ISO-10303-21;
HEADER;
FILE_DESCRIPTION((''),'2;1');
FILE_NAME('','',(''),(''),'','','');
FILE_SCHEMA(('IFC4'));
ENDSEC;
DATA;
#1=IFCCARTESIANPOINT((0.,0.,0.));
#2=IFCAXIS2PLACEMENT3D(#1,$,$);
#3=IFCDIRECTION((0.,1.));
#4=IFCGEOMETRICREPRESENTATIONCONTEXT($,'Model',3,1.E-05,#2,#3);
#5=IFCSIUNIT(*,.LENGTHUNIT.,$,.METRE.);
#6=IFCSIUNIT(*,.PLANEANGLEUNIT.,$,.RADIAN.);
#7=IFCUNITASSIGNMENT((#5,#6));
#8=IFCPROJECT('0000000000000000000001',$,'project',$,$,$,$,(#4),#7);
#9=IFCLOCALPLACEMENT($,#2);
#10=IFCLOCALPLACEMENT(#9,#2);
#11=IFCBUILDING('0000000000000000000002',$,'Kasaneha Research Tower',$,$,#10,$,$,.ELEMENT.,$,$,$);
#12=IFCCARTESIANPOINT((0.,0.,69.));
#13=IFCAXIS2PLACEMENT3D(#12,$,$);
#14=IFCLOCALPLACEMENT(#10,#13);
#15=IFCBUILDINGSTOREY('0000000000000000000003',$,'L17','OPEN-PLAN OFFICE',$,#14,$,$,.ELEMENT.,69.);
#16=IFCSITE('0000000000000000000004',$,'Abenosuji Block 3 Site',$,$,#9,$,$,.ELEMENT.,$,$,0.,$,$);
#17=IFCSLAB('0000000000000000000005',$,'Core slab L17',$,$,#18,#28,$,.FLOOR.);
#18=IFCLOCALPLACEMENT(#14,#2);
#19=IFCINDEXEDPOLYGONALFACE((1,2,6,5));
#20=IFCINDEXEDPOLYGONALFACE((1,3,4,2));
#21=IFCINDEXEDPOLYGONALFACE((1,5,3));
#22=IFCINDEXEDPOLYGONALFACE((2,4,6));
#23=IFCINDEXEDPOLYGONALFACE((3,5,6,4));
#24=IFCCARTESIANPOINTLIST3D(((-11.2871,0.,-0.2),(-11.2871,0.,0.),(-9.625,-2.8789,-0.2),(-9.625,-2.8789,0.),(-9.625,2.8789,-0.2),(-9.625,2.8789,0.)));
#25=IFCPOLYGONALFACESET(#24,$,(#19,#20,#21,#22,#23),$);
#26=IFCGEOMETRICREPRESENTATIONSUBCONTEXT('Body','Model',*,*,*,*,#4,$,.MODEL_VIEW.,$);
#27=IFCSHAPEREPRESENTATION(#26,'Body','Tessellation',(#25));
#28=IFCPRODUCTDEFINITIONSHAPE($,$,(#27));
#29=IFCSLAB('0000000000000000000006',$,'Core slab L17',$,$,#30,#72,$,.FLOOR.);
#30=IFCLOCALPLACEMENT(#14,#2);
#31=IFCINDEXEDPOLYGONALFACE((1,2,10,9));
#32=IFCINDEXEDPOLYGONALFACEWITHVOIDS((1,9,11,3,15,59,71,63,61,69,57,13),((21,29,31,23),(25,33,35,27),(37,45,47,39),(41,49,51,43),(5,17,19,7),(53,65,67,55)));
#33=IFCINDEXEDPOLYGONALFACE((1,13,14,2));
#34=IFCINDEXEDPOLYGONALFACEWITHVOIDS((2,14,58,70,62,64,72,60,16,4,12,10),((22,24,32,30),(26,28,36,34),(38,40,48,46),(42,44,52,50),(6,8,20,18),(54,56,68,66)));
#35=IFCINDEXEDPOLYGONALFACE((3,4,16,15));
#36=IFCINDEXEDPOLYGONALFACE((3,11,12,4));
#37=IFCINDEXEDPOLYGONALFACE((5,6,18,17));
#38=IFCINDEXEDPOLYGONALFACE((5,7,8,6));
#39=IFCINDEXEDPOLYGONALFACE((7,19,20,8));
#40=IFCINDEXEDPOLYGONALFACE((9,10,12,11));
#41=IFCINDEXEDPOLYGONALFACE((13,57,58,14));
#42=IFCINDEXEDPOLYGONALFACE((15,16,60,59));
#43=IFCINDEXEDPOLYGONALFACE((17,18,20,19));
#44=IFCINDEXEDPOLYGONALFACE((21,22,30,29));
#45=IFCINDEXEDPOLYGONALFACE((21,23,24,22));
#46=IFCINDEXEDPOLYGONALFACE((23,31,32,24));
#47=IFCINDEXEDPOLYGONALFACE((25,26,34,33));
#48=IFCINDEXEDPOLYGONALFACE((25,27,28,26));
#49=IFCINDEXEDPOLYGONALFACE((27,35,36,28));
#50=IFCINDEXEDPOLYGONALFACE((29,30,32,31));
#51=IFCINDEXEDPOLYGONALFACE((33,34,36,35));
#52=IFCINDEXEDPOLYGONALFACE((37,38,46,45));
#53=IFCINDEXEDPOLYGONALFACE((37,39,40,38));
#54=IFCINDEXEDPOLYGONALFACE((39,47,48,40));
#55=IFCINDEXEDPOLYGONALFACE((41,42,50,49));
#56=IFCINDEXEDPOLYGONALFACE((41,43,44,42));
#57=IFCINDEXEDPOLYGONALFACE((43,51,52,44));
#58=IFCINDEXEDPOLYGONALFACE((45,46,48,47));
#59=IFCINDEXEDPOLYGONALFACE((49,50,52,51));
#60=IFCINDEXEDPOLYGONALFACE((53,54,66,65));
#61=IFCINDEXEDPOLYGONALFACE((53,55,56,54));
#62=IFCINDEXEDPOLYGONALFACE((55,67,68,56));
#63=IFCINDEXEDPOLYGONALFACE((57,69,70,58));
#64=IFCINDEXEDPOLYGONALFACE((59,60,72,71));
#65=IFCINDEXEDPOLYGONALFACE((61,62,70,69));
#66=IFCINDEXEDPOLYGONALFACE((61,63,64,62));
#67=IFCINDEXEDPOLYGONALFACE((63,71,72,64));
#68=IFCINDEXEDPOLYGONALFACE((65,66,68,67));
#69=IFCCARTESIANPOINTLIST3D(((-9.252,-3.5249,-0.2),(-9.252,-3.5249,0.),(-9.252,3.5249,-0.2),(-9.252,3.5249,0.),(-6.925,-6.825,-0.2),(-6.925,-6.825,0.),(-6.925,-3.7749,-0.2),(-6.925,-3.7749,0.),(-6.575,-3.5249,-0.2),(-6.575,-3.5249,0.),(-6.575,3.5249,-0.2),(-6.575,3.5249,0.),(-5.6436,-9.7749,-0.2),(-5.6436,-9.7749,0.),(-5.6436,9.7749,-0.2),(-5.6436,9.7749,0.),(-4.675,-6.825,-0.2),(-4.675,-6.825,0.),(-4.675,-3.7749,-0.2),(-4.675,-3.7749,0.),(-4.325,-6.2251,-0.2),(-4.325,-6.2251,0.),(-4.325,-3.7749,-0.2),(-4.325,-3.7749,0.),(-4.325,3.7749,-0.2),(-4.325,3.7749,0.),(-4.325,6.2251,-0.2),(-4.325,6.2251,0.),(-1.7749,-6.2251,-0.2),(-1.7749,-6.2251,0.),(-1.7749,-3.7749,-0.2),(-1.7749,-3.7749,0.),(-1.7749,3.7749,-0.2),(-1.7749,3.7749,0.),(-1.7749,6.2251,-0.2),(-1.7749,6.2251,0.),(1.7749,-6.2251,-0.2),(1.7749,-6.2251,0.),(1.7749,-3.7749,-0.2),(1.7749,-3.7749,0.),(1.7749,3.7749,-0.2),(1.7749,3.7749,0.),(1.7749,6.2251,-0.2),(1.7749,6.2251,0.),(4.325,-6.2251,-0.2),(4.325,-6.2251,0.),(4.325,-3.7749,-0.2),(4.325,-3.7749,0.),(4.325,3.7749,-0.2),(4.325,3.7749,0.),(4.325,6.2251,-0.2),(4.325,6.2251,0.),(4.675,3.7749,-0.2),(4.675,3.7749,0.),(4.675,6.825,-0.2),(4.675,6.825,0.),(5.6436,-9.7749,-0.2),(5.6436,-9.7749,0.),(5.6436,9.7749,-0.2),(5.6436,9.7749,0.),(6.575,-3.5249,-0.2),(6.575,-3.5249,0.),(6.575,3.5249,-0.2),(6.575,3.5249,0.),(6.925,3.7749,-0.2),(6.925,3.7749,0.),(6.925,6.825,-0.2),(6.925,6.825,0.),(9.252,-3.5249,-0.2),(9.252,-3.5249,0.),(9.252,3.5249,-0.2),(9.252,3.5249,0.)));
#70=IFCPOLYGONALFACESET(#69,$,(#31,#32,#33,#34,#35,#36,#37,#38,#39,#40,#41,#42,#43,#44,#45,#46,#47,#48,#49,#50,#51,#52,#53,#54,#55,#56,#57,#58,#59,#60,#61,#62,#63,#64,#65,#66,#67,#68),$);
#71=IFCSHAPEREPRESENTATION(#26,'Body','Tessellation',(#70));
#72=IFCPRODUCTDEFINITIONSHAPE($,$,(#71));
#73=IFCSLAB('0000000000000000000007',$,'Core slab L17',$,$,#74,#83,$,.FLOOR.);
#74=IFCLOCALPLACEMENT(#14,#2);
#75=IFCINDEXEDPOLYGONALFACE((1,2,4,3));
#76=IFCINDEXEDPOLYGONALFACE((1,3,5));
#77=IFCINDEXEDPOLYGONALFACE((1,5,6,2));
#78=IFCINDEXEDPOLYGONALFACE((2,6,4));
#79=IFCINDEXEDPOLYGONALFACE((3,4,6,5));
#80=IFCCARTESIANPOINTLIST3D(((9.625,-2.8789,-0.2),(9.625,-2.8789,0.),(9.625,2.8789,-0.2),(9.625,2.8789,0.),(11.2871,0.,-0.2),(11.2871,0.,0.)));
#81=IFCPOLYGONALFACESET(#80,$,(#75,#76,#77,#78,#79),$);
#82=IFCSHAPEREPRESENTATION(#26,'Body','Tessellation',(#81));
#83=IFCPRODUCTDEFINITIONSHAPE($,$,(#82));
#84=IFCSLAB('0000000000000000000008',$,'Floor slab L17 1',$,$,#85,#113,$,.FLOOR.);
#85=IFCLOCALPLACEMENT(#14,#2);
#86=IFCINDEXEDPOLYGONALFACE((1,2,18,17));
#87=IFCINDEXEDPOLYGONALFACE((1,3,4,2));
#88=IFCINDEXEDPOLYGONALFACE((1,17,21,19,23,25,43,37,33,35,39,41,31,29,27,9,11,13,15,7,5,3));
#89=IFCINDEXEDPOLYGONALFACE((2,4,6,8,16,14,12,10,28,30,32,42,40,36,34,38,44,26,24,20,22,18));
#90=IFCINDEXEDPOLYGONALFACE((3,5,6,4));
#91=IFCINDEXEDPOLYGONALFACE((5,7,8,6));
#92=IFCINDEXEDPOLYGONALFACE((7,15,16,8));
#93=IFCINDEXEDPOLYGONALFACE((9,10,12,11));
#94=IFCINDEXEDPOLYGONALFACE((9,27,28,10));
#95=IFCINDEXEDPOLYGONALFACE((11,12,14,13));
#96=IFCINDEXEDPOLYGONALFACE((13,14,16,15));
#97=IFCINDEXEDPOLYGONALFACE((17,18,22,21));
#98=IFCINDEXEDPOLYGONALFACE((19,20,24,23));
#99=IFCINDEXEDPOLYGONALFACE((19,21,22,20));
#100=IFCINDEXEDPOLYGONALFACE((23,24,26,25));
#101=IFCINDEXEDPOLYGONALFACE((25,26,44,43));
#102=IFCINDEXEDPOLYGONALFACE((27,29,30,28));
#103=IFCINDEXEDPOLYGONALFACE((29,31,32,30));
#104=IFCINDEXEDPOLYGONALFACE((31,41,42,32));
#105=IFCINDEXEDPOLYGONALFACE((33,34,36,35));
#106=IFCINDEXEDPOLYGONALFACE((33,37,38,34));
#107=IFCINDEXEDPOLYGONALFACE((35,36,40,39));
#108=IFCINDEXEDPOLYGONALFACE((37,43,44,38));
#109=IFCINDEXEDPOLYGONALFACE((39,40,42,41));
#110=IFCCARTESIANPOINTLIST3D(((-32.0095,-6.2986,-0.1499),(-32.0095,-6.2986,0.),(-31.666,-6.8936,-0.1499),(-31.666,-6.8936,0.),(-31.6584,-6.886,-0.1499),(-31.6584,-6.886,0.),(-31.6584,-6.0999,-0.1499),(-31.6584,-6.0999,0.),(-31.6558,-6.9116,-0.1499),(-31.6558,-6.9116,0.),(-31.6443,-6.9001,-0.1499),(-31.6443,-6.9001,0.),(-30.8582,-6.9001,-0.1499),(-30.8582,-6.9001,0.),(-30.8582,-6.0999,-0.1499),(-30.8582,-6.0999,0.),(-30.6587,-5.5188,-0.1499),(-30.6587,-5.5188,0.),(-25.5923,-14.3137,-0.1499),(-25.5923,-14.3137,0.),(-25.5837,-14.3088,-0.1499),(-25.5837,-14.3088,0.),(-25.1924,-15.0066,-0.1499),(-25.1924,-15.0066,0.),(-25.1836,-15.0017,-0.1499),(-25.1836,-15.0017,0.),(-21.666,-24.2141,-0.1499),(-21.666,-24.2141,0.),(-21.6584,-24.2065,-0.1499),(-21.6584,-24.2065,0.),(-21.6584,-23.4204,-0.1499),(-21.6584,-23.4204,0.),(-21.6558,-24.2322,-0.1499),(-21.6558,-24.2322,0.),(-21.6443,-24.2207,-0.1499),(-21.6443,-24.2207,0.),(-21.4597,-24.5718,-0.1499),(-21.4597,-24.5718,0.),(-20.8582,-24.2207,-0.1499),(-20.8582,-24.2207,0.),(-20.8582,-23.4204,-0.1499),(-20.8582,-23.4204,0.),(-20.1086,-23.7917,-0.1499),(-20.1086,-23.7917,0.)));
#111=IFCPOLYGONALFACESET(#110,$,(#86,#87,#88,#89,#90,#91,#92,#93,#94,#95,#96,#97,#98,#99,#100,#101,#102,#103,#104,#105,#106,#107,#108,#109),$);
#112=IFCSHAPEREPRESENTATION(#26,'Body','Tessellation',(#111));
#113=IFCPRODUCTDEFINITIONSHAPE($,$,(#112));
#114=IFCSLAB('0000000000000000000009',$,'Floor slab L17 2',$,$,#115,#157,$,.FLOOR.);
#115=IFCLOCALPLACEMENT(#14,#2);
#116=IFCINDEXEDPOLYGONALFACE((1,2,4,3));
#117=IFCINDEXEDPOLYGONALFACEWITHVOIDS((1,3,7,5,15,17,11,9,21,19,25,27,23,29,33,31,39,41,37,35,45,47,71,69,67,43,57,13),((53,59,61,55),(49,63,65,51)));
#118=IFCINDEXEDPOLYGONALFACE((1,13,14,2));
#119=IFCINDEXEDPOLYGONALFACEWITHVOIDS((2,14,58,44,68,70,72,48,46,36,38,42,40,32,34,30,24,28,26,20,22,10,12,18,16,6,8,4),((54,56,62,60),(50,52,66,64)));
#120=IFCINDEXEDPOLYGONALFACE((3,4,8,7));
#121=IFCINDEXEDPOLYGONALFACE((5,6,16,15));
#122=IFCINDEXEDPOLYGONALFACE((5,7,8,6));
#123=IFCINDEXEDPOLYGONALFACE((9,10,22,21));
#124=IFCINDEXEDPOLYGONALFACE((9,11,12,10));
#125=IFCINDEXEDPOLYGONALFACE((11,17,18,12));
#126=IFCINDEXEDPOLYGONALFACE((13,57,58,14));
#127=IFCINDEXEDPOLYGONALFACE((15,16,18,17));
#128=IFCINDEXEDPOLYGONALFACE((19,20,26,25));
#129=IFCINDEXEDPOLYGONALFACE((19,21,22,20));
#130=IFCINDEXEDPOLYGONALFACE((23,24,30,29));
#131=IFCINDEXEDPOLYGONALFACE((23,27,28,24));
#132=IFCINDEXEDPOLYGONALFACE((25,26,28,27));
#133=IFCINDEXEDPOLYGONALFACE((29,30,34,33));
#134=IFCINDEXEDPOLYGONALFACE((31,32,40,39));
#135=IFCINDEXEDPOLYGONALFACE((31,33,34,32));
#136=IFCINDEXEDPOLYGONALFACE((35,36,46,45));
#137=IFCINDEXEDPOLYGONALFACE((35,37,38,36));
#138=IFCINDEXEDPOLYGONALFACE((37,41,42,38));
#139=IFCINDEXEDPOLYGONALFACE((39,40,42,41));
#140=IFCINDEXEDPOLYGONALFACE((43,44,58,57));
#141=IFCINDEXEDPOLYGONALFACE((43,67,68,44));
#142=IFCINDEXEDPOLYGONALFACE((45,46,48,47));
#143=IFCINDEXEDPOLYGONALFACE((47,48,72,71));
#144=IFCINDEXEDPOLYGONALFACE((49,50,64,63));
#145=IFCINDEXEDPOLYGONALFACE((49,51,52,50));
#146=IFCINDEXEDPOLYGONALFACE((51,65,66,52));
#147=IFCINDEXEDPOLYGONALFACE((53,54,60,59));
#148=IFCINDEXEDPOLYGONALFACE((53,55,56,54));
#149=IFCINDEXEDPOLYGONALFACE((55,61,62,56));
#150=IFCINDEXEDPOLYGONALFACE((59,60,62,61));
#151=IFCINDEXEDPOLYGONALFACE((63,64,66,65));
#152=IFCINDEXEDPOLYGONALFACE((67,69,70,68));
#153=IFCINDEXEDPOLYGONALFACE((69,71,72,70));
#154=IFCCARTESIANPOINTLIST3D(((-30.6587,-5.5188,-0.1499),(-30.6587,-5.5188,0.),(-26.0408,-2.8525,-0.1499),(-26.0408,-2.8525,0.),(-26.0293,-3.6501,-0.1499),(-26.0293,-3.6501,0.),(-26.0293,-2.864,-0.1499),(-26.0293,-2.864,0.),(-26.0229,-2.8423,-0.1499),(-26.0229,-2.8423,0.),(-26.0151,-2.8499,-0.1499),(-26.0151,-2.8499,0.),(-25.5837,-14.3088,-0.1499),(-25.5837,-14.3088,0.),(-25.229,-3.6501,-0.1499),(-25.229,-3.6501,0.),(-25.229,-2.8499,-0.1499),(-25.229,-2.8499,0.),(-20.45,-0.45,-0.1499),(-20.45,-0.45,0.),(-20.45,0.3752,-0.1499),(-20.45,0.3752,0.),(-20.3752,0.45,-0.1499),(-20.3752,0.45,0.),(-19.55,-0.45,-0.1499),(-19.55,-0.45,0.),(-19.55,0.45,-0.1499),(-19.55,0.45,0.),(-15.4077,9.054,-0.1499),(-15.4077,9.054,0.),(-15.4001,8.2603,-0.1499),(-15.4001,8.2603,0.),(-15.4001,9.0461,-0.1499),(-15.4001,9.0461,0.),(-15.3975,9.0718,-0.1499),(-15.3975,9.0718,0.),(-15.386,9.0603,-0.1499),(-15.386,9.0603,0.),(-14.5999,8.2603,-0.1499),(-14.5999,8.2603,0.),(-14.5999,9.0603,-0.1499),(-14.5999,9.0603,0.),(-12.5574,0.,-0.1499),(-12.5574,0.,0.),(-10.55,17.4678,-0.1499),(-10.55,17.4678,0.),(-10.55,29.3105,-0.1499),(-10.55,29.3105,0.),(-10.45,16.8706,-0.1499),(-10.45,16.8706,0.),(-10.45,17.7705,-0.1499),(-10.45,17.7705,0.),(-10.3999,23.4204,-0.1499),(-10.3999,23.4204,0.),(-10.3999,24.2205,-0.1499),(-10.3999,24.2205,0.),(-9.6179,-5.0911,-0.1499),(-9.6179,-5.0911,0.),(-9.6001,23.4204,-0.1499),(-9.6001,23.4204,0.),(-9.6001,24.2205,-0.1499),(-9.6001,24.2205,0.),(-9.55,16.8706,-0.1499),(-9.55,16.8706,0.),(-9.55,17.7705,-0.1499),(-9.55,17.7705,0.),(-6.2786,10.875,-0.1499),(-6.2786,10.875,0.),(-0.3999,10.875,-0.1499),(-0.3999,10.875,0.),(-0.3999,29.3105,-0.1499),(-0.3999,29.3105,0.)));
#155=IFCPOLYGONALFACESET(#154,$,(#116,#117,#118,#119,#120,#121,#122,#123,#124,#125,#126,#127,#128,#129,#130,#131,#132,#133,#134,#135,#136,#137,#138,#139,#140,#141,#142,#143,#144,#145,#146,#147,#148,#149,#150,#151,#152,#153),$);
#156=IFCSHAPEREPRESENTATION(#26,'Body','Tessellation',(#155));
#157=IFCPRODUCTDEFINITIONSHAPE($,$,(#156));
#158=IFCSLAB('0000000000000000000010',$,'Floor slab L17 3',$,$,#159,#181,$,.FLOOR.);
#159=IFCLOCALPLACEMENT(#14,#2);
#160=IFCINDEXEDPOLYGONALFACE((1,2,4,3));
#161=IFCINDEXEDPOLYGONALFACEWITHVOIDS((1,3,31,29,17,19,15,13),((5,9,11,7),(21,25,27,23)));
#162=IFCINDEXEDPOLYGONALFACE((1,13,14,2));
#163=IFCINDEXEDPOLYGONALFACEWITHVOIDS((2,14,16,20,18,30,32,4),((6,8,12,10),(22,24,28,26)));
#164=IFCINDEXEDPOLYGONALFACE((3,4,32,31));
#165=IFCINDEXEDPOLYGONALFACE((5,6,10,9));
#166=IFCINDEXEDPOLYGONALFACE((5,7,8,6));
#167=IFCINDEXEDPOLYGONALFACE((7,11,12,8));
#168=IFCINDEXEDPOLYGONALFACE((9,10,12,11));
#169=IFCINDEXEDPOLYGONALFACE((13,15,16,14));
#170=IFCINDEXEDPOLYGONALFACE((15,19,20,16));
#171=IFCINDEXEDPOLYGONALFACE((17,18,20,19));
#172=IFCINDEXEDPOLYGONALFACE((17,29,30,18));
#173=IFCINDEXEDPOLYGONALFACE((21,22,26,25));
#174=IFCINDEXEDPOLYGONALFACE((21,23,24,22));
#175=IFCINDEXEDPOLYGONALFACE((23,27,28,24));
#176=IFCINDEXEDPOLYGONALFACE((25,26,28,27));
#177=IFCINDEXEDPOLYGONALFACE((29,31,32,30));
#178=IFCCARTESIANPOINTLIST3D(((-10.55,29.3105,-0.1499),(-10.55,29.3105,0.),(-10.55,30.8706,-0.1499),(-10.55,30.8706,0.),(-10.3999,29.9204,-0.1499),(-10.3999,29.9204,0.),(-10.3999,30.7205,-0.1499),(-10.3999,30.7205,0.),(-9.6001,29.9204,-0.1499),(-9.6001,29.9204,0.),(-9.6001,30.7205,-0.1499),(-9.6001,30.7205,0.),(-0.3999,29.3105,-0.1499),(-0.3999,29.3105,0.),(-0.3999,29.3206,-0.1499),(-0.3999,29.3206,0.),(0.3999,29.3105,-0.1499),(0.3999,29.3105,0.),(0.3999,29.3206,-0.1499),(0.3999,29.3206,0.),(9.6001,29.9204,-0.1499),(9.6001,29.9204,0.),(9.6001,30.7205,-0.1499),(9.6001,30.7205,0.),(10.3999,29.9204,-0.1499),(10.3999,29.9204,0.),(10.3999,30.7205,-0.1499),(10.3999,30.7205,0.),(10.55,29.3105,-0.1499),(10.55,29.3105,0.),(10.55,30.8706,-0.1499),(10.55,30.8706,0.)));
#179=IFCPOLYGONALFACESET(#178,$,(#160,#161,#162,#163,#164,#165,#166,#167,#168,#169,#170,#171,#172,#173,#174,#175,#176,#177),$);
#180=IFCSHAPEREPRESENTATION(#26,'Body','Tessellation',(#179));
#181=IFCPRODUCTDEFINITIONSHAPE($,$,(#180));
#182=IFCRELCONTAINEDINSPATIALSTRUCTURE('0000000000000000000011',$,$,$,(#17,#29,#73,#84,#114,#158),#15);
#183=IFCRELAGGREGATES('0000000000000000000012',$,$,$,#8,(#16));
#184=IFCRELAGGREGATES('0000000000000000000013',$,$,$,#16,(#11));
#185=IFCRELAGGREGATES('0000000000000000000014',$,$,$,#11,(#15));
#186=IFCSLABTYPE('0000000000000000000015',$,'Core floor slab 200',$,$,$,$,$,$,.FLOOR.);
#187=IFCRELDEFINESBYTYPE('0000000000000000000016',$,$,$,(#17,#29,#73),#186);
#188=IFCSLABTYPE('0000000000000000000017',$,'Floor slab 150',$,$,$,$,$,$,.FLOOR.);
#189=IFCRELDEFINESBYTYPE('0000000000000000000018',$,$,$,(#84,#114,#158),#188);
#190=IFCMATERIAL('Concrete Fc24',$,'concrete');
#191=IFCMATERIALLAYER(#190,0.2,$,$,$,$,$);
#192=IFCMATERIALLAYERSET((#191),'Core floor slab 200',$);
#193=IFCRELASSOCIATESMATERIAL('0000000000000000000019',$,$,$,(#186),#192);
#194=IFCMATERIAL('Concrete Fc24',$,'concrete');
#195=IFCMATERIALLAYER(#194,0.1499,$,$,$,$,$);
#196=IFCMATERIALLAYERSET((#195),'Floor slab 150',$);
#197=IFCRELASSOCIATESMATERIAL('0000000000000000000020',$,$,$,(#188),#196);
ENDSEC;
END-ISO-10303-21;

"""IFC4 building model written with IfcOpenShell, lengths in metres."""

from ifc_helpers import new_model, si_unit, direction, frame, origin, place, context, subcontext, project, spatial, polyline, outline, extrude, material, layer, layer_set, type_object, element, save


model = new_model("IFC4")

# Units and contexts
model_context = context("Model", 3, precision=1e-05, world=origin(), true_north=direction((0.0, 1.0)))
body_context = subcontext(model_context, "Body", "Model", "MODEL_VIEW")
ifc_project = project(units=[si_unit("LENGTHUNIT", "METRE"), si_unit("PLANEANGLEUNIT", "RADIAN")], contexts=[model_context])

# Site, building, storey
site_placement = place(None, origin())
site = spatial("IfcSite", under=ifc_project, at=site_placement, Name="Abenosuji Block 3 Site", CompositionType="ELEMENT", RefElevation=0.0)
building_placement = place(site_placement, origin())
building = spatial("IfcBuilding", under=site, at=building_placement, Name="Kasaneha Research Tower", CompositionType="ELEMENT")
storey_placement = place(building_placement, frame((0.0, 0.0, 69.0)))
storey = spatial("IfcBuildingStorey", under=building, at=storey_placement, Name="L17", Description="OPEN-PLAN OFFICE", CompositionType="ELEMENT", Elevation=69.0)

# Slabs
ifc_material_1 = material(Name="Concrete Fc24", Category="concrete")
ifc_layer_1 = layer(ifc_material_1, 0.2)
ifc_layer_set_1 = layer_set([ifc_layer_1], Name="Core floor slab 200")
slab_type_1 = type_object("IfcSlabType", Name="Core floor slab 200", PredefinedType="FLOOR", material=ifc_layer_set_1)
slab_1_placement = place(storey_placement, frame((0.0, 0.0, -0.2)))
element("IfcSlab", 1, at=slab_1_placement, inside=storey, type_object=slab_type_1, Name="Core slab L17", PredefinedType="FLOOR", context=body_context, shape_type="SweptSolid", body=[
    extrude(outline(polyline([(-11.2871, 0.0), (-9.625, 2.8789), (-9.625, -2.8789), (-11.2871, 0.0)])), origin(), (0.0, 0.0, 1.0), 0.2),
])
slab_2_placement = place(storey_placement, frame((0.0, 0.0, -0.2)))
element("IfcSlab", 2, at=slab_2_placement, inside=storey, type_object=slab_type_1, Name="Core slab L17", PredefinedType="FLOOR", context=body_context, shape_type="SweptSolid", body=[
    extrude(outline(polyline([(-5.6436, 9.7749), (5.6436, 9.7749), (9.252, 3.5249), (6.575, 3.5249), (6.575, -3.5249), (9.252, -3.5249), (5.6436, -9.7749), (-5.6436, -9.7749), (-9.252, -3.5249), (-6.575, -3.5249), (-6.575, 3.5249), (-9.252, 3.5249), (-5.6436, 9.7749)]), holes=[polyline([(-6.925, -3.7749), (-6.925, -6.825), (-4.675, -6.825), (-4.675, -3.7749), (-6.925, -3.7749)]), polyline([(-4.325, -3.7749), (-4.325, -6.2251), (-1.7749, -6.2251), (-1.7749, -3.7749), (-4.325, -3.7749)]), polyline([(1.7749, -3.7749), (1.7749, -6.2251), (4.325, -6.2251), (4.325, -3.7749), (1.7749, -3.7749)]), polyline([(-4.325, 6.2251), (-4.325, 3.7749), (-1.7749, 3.7749), (-1.7749, 6.2251), (-4.325, 6.2251)]), polyline([(1.7749, 6.2251), (1.7749, 3.7749), (4.325, 3.7749), (4.325, 6.2251), (1.7749, 6.2251)]), polyline([(4.675, 6.825), (4.675, 3.7749), (6.925, 3.7749), (6.925, 6.825), (4.675, 6.825)])]), origin(), (0.0, 0.0, 1.0), 0.2),
])
slab_3_placement = place(storey_placement, frame((0.0, 0.0, -0.2)))
element("IfcSlab", 3, at=slab_3_placement, inside=storey, type_object=slab_type_1, Name="Core slab L17", PredefinedType="FLOOR", context=body_context, shape_type="SweptSolid", body=[
    extrude(outline(polyline([(11.2871, 0.0), (9.625, -2.8789), (9.625, 2.8789), (11.2871, 0.0)])), origin(), (0.0, 0.0, 1.0), 0.2),
])
ifc_material_2 = material(Name="Concrete Fc24", Category="concrete")
ifc_layer_2 = layer(ifc_material_2, 0.1499)
ifc_layer_set_2 = layer_set([ifc_layer_2], Name="Floor slab 150")
slab_type_2 = type_object("IfcSlabType", Name="Floor slab 150", PredefinedType="FLOOR", material=ifc_layer_set_2)
slab_4_placement = place(storey_placement, frame((0.0, 0.0, -0.1499)))
element("IfcSlab", 4, at=slab_4_placement, inside=storey, type_object=slab_type_2, Name="Floor slab L17 1", PredefinedType="FLOOR", context=body_context, shape_type="SweptSolid", body=[
    extrude(outline(polyline([(-25.1924, -15.0066), (-25.1836, -15.0017), (-20.1086, -23.7917), (-21.4597, -24.5718), (-21.6558, -24.2322), (-21.6443, -24.2207), (-20.8582, -24.2207), (-20.8582, -23.4204), (-21.6584, -23.4204), (-21.6584, -24.2065), (-21.666, -24.2141), (-31.6558, -6.9116), (-31.6443, -6.9001), (-30.8582, -6.9001), (-30.8582, -6.0999), (-31.6584, -6.0999), (-31.6584, -6.886), (-31.666, -6.8936), (-32.0095, -6.2986), (-30.6587, -5.5188), (-25.5837, -14.3088), (-25.5923, -14.3137), (-25.1924, -15.0066)])), origin(), (0.0, 0.0, 1.0), 0.1499),
])
slab_5_placement = place(storey_placement, frame((0.0, 0.0, -0.1499)))
element("IfcSlab", 5, at=slab_5_placement, inside=storey, type_object=slab_type_2, Name="Floor slab L17 2", PredefinedType="FLOOR", context=body_context, shape_type="SweptSolid", body=[
    extrude(outline(polyline([(-20.3752, 0.45), (-15.4077, 9.054), (-15.4001, 9.0461), (-15.4001, 8.2603), (-14.5999, 8.2603), (-14.5999, 9.0603), (-15.386, 9.0603), (-15.3975, 9.0718), (-10.55, 17.4678), (-10.55, 29.3105), (-0.3999, 29.3105), (-0.3999, 10.875), (-6.2786, 10.875), (-12.5574, 0.0), (-9.6179, -5.0911), (-25.5837, -14.3088), (-30.6587, -5.5188), (-26.0408, -2.8525), (-26.0293, -2.864), (-26.0293, -3.6501), (-25.229, -3.6501), (-25.229, -2.8499), (-26.0151, -2.8499), (-26.0229, -2.8423), (-20.45, 0.3752), (-20.45, -0.45), (-19.55, -0.45), (-19.55, 0.45), (-20.3752, 0.45)]), holes=[polyline([(-9.55, 17.7705), (-10.45, 17.7705), (-10.45, 16.8706), (-9.55, 16.8706), (-9.55, 17.7705)]), polyline([(-9.6001, 23.4204), (-9.6001, 24.2205), (-10.3999, 24.2205), (-10.3999, 23.4204), (-9.6001, 23.4204)])]), origin(), (0.0, 0.0, 1.0), 0.1499),
])
slab_6_placement = place(storey_placement, frame((0.0, 0.0, -0.1499)))
element("IfcSlab", 6, at=slab_6_placement, inside=storey, type_object=slab_type_2, Name="Floor slab L17 3", PredefinedType="FLOOR", context=body_context, shape_type="SweptSolid", body=[
    extrude(outline(polyline([(10.55, 29.3105), (0.3999, 29.3105), (0.3999, 29.3206), (-0.3999, 29.3206), (-0.3999, 29.3105), (-10.55, 29.3105), (-10.55, 30.8706), (10.55, 30.8706), (10.55, 29.3105)]), holes=[polyline([(-9.6001, 30.7205), (-10.3999, 30.7205), (-10.3999, 29.9204), (-9.6001, 29.9204), (-9.6001, 30.7205)]), polyline([(10.3999, 29.9204), (10.3999, 30.7205), (9.6001, 30.7205), (9.6001, 29.9204), (10.3999, 29.9204)])]), origin(), (0.0, 0.0, 1.0), 0.1499),
])

save(model, "model.ifc")
